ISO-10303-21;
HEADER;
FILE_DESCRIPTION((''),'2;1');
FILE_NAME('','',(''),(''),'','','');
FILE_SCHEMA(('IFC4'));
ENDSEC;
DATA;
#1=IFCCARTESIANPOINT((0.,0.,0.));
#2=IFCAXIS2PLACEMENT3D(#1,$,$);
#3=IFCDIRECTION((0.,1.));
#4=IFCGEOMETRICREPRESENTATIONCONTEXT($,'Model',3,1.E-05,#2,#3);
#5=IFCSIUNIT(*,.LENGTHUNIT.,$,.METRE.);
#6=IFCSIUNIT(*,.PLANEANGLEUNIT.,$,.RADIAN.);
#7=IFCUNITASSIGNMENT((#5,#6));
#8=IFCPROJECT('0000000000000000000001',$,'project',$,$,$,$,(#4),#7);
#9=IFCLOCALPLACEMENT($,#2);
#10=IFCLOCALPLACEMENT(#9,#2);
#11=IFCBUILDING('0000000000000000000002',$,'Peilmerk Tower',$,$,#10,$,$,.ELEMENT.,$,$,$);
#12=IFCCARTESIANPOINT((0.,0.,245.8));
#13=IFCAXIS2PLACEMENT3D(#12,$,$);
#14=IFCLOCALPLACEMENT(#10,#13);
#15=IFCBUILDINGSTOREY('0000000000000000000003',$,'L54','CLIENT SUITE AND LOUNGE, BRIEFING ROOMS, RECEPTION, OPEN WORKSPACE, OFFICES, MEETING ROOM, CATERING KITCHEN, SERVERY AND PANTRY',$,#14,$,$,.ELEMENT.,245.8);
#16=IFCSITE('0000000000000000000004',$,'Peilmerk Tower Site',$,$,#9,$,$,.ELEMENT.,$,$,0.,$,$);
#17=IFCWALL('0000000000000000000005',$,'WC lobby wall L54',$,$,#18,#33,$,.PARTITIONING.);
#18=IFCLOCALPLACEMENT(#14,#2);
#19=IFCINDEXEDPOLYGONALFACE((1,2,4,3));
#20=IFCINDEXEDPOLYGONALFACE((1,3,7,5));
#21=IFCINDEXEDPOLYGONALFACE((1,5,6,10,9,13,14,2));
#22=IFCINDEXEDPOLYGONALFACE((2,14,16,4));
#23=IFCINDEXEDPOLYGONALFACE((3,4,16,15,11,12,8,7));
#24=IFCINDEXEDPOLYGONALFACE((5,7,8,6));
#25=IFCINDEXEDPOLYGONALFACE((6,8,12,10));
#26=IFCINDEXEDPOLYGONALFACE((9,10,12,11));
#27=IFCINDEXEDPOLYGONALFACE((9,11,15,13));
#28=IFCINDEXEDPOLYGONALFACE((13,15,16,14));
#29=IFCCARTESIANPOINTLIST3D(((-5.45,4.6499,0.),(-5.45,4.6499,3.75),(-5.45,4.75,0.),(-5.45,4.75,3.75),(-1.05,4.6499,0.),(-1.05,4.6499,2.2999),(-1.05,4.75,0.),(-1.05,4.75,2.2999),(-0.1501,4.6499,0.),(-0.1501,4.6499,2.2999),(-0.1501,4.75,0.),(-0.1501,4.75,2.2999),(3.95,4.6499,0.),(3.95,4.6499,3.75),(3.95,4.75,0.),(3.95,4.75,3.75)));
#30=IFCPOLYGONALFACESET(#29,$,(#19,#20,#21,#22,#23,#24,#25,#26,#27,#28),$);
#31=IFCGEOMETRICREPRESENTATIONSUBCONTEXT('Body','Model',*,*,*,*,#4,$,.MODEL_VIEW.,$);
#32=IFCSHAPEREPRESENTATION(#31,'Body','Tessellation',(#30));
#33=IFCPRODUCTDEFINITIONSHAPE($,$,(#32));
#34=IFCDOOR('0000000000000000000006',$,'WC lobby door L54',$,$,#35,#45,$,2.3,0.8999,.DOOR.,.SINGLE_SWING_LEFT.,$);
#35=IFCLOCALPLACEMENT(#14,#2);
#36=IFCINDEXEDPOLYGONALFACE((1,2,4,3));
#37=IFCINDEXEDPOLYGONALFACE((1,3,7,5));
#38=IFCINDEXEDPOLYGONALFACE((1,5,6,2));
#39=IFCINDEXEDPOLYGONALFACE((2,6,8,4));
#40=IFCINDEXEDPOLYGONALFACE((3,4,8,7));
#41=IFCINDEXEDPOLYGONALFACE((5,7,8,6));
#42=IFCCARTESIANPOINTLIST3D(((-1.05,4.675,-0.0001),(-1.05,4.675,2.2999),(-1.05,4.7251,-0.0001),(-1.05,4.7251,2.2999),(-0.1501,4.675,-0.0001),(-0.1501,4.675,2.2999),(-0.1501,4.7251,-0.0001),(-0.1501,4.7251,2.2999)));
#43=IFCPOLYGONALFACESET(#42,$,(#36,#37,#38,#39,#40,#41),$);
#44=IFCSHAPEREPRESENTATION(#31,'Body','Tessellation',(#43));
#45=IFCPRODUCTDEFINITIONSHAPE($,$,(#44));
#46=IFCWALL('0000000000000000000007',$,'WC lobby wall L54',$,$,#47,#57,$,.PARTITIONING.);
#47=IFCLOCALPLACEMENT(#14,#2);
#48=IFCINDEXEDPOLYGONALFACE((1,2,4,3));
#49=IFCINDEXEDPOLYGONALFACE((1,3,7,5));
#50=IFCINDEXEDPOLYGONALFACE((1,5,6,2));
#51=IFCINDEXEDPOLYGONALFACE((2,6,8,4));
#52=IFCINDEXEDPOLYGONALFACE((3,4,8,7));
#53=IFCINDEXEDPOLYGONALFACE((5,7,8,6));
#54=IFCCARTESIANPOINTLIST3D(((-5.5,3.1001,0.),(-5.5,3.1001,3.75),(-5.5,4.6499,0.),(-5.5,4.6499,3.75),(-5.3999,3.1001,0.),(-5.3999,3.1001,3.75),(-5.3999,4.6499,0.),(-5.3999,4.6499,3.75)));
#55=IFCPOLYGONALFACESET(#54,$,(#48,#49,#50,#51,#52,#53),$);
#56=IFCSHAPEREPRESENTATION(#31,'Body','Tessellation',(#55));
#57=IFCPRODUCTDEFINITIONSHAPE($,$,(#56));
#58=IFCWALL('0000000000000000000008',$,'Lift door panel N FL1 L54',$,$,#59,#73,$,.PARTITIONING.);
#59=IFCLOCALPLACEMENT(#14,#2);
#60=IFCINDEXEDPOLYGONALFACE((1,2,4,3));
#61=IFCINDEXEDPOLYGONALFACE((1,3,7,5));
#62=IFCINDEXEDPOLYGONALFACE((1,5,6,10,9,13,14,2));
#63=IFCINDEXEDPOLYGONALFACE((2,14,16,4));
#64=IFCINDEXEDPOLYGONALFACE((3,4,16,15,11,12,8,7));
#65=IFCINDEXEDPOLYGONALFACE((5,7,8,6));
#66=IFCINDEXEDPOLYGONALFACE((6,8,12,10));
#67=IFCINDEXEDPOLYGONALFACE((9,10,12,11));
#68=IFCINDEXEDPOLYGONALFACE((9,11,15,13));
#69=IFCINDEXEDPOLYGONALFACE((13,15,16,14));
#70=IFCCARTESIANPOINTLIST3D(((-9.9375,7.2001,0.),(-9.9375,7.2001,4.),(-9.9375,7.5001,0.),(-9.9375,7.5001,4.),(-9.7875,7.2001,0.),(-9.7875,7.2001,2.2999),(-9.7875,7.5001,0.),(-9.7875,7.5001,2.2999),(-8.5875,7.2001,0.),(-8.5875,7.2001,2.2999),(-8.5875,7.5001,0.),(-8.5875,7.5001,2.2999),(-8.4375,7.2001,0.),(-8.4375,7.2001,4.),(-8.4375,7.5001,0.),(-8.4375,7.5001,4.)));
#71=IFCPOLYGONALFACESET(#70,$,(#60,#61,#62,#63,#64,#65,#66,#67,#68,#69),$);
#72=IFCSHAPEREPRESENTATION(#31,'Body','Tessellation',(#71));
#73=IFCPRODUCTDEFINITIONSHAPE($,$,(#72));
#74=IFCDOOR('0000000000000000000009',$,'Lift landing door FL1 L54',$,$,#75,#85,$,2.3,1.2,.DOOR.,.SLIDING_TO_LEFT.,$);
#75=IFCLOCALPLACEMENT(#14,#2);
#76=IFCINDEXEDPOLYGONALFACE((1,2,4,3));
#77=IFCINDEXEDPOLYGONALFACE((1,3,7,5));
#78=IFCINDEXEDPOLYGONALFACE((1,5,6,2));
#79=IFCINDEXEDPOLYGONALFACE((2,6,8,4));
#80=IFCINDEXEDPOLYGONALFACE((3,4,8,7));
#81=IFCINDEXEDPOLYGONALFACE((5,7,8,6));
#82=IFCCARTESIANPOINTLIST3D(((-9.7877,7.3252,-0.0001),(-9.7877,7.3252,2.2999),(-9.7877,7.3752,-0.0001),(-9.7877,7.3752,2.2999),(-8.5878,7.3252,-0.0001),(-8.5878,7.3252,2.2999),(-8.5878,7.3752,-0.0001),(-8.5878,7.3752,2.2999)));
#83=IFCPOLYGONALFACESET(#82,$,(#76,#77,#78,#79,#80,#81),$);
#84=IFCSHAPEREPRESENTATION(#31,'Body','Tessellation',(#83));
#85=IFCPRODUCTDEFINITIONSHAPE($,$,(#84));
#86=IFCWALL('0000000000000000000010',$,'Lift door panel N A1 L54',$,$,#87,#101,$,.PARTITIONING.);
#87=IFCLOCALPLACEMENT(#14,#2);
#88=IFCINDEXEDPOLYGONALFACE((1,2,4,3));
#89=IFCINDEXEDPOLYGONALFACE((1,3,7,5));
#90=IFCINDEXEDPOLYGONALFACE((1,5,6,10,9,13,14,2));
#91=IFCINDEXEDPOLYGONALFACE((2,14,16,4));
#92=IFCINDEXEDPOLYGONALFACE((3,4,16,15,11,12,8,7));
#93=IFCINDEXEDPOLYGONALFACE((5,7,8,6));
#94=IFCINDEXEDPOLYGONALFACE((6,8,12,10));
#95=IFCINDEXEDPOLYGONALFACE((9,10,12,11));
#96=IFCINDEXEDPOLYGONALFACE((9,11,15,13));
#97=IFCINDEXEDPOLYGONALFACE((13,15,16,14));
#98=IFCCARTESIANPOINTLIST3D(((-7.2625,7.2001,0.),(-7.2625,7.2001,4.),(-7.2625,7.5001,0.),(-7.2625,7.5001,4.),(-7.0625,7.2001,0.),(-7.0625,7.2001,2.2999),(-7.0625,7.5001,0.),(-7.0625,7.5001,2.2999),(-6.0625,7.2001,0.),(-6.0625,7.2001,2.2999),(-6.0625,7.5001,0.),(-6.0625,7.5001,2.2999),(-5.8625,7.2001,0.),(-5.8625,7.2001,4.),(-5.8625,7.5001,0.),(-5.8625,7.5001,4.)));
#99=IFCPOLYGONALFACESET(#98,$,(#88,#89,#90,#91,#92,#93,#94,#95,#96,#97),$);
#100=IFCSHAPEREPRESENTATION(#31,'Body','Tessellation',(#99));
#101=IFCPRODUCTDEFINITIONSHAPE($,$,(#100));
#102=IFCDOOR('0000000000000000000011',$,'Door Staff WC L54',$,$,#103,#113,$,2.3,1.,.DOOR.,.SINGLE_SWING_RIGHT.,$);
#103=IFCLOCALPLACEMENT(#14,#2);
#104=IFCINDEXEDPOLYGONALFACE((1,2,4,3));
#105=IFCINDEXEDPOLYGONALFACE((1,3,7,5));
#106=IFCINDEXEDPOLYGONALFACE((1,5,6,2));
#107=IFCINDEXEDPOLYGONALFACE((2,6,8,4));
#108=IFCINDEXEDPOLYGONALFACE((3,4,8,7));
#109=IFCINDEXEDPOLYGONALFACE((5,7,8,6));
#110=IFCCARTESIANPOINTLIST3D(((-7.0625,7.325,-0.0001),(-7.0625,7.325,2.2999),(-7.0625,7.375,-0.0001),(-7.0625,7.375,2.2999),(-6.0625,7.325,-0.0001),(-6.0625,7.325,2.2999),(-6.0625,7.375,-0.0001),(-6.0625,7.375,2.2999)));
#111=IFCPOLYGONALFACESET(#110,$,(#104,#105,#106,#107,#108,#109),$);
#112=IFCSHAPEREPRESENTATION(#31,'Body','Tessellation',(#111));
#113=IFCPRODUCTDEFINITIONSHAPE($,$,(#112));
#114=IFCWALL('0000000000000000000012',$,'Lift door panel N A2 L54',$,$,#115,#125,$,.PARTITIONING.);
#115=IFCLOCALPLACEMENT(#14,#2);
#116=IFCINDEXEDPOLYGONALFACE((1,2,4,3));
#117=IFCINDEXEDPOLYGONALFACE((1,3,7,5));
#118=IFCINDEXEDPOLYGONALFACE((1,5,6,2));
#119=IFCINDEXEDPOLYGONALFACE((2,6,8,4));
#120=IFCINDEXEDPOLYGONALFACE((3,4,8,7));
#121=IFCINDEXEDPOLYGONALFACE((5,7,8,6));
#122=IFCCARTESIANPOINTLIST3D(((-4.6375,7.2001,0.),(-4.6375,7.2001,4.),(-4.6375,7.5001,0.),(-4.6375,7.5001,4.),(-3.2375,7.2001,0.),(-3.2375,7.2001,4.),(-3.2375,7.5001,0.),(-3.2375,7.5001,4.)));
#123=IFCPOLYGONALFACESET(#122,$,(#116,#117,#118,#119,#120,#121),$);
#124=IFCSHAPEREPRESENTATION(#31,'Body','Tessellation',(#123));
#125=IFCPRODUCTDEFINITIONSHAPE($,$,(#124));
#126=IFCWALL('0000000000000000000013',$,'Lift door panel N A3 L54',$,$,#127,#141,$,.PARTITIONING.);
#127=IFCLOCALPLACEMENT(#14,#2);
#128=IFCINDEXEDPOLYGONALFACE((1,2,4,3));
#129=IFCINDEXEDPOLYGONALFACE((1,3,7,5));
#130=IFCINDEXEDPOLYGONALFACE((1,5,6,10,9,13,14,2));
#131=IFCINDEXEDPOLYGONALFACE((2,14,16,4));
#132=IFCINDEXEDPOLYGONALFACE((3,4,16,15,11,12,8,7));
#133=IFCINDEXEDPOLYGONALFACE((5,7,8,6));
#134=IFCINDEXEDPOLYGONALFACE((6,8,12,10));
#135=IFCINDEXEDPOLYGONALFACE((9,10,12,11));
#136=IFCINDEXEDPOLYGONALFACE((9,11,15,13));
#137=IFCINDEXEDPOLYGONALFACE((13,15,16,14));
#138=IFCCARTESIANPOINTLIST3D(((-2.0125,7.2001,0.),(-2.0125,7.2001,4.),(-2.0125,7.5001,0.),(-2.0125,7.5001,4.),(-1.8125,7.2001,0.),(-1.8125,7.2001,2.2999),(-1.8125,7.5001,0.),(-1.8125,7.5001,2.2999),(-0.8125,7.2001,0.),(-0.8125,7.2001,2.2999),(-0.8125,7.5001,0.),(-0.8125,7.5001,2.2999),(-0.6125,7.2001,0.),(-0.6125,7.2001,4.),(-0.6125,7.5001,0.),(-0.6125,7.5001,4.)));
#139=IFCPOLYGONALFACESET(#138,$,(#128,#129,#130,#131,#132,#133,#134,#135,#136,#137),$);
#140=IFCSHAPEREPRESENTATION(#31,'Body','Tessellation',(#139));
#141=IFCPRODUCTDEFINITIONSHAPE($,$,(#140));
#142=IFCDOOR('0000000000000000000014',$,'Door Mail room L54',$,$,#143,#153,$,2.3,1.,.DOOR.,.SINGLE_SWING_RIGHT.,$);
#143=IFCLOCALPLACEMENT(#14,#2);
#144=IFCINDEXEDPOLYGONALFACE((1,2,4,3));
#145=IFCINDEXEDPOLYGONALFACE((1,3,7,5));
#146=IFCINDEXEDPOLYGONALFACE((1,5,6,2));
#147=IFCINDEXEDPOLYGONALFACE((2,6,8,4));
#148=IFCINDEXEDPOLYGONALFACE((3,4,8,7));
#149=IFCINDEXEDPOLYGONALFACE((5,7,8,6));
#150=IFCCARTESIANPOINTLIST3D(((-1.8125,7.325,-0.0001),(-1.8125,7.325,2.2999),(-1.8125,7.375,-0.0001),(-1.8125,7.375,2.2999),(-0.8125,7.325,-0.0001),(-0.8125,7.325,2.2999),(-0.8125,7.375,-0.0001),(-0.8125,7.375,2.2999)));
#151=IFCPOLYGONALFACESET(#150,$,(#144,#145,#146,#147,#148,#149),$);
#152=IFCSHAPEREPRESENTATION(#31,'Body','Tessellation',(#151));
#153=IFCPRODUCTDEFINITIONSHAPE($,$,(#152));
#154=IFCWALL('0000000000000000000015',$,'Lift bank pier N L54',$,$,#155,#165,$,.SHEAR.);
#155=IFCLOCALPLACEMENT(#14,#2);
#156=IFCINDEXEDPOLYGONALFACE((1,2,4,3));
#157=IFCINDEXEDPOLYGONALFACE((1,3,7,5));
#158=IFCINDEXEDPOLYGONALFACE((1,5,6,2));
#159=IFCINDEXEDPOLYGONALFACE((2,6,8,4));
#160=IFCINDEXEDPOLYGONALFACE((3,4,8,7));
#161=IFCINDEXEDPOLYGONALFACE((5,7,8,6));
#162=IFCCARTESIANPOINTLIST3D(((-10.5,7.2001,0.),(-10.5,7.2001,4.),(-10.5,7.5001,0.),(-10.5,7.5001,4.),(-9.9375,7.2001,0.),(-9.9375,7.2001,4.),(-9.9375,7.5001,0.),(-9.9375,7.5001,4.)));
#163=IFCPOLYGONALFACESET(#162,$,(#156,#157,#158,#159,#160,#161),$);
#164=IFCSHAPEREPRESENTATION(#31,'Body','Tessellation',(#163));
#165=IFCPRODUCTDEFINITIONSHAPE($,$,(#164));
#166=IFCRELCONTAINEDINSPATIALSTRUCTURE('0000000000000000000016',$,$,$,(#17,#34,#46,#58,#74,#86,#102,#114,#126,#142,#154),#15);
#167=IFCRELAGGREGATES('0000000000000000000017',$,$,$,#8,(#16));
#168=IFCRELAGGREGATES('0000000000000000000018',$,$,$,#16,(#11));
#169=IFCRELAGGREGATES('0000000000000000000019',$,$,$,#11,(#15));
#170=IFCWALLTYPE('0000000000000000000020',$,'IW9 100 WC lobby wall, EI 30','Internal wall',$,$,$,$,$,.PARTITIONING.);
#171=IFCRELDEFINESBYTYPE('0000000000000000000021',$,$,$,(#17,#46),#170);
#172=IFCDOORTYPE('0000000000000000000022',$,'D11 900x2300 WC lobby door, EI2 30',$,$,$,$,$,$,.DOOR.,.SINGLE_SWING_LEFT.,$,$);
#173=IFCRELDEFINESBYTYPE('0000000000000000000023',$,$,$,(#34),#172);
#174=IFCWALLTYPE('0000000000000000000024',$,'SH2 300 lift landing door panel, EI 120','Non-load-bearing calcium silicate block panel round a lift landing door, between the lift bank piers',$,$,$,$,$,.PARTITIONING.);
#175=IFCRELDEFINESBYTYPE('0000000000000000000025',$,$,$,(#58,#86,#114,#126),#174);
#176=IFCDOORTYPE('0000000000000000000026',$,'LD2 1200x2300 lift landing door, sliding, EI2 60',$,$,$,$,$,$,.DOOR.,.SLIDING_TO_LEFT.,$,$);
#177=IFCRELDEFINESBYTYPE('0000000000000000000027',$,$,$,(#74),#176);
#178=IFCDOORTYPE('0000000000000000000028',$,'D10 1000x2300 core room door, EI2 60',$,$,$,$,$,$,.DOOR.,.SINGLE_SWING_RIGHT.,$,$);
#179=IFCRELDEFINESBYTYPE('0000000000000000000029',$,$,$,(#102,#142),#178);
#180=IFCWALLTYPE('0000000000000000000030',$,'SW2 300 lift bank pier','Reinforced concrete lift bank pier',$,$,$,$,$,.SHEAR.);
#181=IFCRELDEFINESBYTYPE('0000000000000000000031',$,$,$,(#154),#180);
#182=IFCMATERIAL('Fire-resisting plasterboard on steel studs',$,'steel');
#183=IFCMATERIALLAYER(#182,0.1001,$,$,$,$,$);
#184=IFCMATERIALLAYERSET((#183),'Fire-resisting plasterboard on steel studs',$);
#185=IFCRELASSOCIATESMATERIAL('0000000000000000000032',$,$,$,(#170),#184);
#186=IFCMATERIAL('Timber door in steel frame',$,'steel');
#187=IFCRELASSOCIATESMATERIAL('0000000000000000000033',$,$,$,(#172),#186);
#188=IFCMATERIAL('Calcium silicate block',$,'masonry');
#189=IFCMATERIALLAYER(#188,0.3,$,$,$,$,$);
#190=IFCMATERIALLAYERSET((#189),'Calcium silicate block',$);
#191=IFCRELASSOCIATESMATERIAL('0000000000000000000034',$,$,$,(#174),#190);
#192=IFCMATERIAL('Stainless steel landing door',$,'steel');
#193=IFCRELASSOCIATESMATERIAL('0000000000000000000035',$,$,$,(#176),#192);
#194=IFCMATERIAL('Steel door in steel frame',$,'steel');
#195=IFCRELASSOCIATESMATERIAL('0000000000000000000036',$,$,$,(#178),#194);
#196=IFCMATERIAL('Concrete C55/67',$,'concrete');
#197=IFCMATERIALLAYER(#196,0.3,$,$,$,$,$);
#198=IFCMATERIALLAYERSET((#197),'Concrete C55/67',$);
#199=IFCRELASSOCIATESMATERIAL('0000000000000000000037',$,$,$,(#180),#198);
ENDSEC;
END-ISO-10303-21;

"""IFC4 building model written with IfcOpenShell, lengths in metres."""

from ifc_helpers import new_model, si_unit, direction, frame, frame_2d, origin, place, context, subcontext, project, spatial, rectangle, extrude, material, layer, layer_set, type_object, element, fill, save


model = new_model("IFC4")

# Units and contexts
model_context = context("Model", 3, precision=1e-05, world=origin(), true_north=direction((0.0, 1.0)))
body_context = subcontext(model_context, "Body", "Model", "MODEL_VIEW")
ifc_project = project(units=[si_unit("LENGTHUNIT", "METRE"), si_unit("PLANEANGLEUNIT", "RADIAN")], contexts=[model_context])

# Site, building, storey
site_placement = place(None, origin())
site = spatial("IfcSite", under=ifc_project, at=site_placement, Name="Peilmerk Tower Site", CompositionType="ELEMENT", RefElevation=0.0)
building_placement = place(site_placement, origin())
building = spatial("IfcBuilding", under=site, at=building_placement, Name="Peilmerk Tower", CompositionType="ELEMENT")
storey_placement = place(building_placement, frame((0.0, 0.0, 245.8)))
storey = spatial("IfcBuildingStorey", under=building, at=storey_placement, Name="L54", Description="CLIENT SUITE AND LOUNGE, BRIEFING ROOMS, RECEPTION, OPEN WORKSPACE, OFFICES, MEETING ROOM, CATERING KITCHEN, SERVERY AND PANTRY", CompositionType="ELEMENT", Elevation=245.8)

# Shared definitions
ifc_material_1 = material(Name="Concrete C55/67", Category="concrete")

# Shared definitions
ifc_material_2 = material(Name="Steel door in steel frame", Category="steel")

# Shared definitions
ifc_material_3 = material(Name="Timber door in steel frame", Category="steel")

# Wall, opening, door
ifc_material_4 = material(Name="Fire-resisting plasterboard on steel studs", Category="steel")
ifc_layer_1 = layer(ifc_material_4, 0.1001)
ifc_layer_set_1 = layer_set([ifc_layer_1], Name="Fire-resisting plasterboard on steel studs")
wall_type_1 = type_object("IfcWallType", Name="IW9 100 WC lobby wall, EI 30", Description="Internal wall", PredefinedType="PARTITIONING", material=ifc_layer_set_1)
wall_1_placement = place(storey_placement, frame((-5.45, 4.7, 0.0), z_axis=(0.0, 0.0, 1.0), x_axis=(1.0, 0.0, 0.0)))
wall_1 = element("IfcWall", 1, at=wall_1_placement, inside=storey, type_object=wall_type_1, Name="WC lobby wall L54", PredefinedType="PARTITIONING", context=body_context, shape_type="SweptSolid", body=[
    extrude(rectangle(XDim=9.3999, YDim=0.1001, at=frame_2d((4.7, 0.0))), origin(), (0.0, 0.0, 1.0), 3.75),
])
opening_1_placement = place(wall_1_placement, frame((4.3999, 0.0, 0.0)))
opening_1 = element("IfcOpeningElement", 2, at=opening_1_placement, cuts=wall_1, PredefinedType="OPENING", context=body_context, shape_type="SweptSolid", body=[
    extrude(rectangle(XDim=0.8999, YDim=2.3, at=frame_2d((0.45, 1.1499))), frame((0.0, 0.0601, 0.0), z_axis=(0.0, -1.0, 0.0), x_axis=(1.0, 0.0, 0.0)), (0.0, 0.0, 1.0), 0.1201),
])
door_type_1 = type_object("IfcDoorType", Name="D11 900x2300 WC lobby door, EI2 30", OperationType="SINGLE_SWING_LEFT", PredefinedType="DOOR", material=ifc_material_3)
door_1_placement = place(opening_1_placement, frame((0.8999, 0.0, 0.0), z_axis=(0.0, 0.0, 1.0), x_axis=(-1.0, 0.0, 0.0)))
door_1 = element("IfcDoor", 3, at=door_1_placement, inside=storey, type_object=door_type_1, Name="WC lobby door L54", OperationType="SINGLE_SWING_LEFT", OverallHeight=2.3, OverallWidth=0.8999, PredefinedType="DOOR", context=body_context, shape_type="SweptSolid", body=[
    extrude(rectangle(XDim=0.8999, YDim=2.3, at=frame_2d((0.45, 1.1499))), frame((0.0, 0.0249, 0.0), z_axis=(0.0, -1.0, 0.0), x_axis=(1.0, 0.0, 0.0)), (0.0, 0.0, 1.0), 0.05),
])
fill(opening_1, door_1)

# Wall
wall_2_placement = place(storey_placement, frame((-5.45, 3.1001, 0.0), z_axis=(0.0, 0.0, 1.0), x_axis=(0.0, 1.0, 0.0)))
element("IfcWall", 4, at=wall_2_placement, inside=storey, type_object=wall_type_1, Name="WC lobby wall L54", PredefinedType="PARTITIONING", context=body_context, shape_type="SweptSolid", body=[
    extrude(rectangle(XDim=1.5498, YDim=0.1001, at=frame_2d((0.7749, 0.0))), origin(), (0.0, 0.0, 1.0), 3.75),
])

# Walls, openings, doors
ifc_material_5 = material(Name="Calcium silicate block", Category="masonry")
ifc_layer_2 = layer(ifc_material_5, 0.3)
ifc_layer_set_2 = layer_set([ifc_layer_2], Name="Calcium silicate block")
wall_type_2 = type_object("IfcWallType", Name="SH2 300 lift landing door panel, EI 120", Description="Non-load-bearing calcium silicate block panel round a lift landing door, between the lift bank piers", PredefinedType="PARTITIONING", material=ifc_layer_set_2)
wall_3_placement = place(storey_placement, frame((-9.9375, 7.3501, 0.0), z_axis=(0.0, 0.0, 1.0), x_axis=(1.0, 0.0, 0.0)))
wall_3 = element("IfcWall", 5, at=wall_3_placement, inside=storey, type_object=wall_type_2, Name="Lift door panel N FL1 L54", PredefinedType="PARTITIONING", context=body_context, shape_type="SweptSolid", body=[
    extrude(rectangle(XDim=1.5, YDim=0.3, at=frame_2d((0.75, 0.0))), origin(), (0.0, 0.0, 1.0), 4.0),
])
opening_2_placement = place(wall_3_placement, frame((0.1499, 0.0, 0.0)))
opening_2 = element("IfcOpeningElement", 6, at=opening_2_placement, cuts=wall_3, PredefinedType="OPENING", context=body_context, shape_type="SweptSolid", body=[
    extrude(rectangle(XDim=1.2, YDim=2.3, at=frame_2d((0.6001, 1.1499))), frame((0.0, 0.1599, 0.0), z_axis=(0.0, -1.0, 0.0), x_axis=(1.0, 0.0, 0.0)), (0.0, 0.0, 1.0), 0.3201),
])
ifc_material_6 = material(Name="Stainless steel landing door", Category="steel")
door_type_2 = type_object("IfcDoorType", Name="LD2 1200x2300 lift landing door, sliding, EI2 60", OperationType="SLIDING_TO_LEFT", PredefinedType="DOOR", material=ifc_material_6)
door_2_placement = place(opening_2_placement, frame((1.2, 0.0, 0.0), z_axis=(0.0, 0.0, 1.0), x_axis=(-1.0, 0.0, 0.0)))
door_2 = element("IfcDoor", 7, at=door_2_placement, inside=storey, type_object=door_type_2, Name="Lift landing door FL1 L54", OperationType="SLIDING_TO_LEFT", OverallHeight=2.3, OverallWidth=1.2, PredefinedType="DOOR", context=body_context, shape_type="SweptSolid", body=[
    extrude(rectangle(XDim=1.2, YDim=2.3, at=frame_2d((0.6001, 1.1499))), frame((0.0, 0.0249, 0.0), z_axis=(0.0, -1.0, 0.0), x_axis=(1.0, 0.0, 0.0)), (0.0, 0.0, 1.0), 0.05),
])
fill(opening_2, door_2)
wall_4_placement = place(storey_placement, frame((-7.2625, 7.3501, 0.0), z_axis=(0.0, 0.0, 1.0), x_axis=(1.0, 0.0, 0.0)))
wall_4 = element("IfcWall", 8, at=wall_4_placement, inside=storey, type_object=wall_type_2, Name="Lift door panel N A1 L54", PredefinedType="PARTITIONING", context=body_context, shape_type="SweptSolid", body=[
    extrude(rectangle(XDim=1.3999, YDim=0.3, at=frame_2d((0.7, 0.0))), origin(), (0.0, 0.0, 1.0), 4.0),
])
opening_3_placement = place(wall_4_placement, frame((0.2, 0.0, 0.0)))
opening_3 = element("IfcOpeningElement", 9, at=opening_3_placement, cuts=wall_4, PredefinedType="OPENING", context=body_context, shape_type="SweptSolid", body=[
    extrude(rectangle(XDim=1.0, YDim=2.3, at=frame_2d((0.5, 1.1499))), frame((0.0, 0.1599, 0.0), z_axis=(0.0, -1.0, 0.0), x_axis=(1.0, 0.0, 0.0)), (0.0, 0.0, 1.0), 0.3201),
])
door_type_3 = type_object("IfcDoorType", Name="D10 1000x2300 core room door, EI2 60", OperationType="SINGLE_SWING_RIGHT", PredefinedType="DOOR", material=ifc_material_2)
door_3_placement = place(opening_3_placement, origin())
door_3 = element("IfcDoor", 10, at=door_3_placement, inside=storey, type_object=door_type_3, Name="Door Staff WC L54", OperationType="SINGLE_SWING_RIGHT", OverallHeight=2.3, OverallWidth=1.0, PredefinedType="DOOR", context=body_context, shape_type="SweptSolid", body=[
    extrude(rectangle(XDim=1.0, YDim=2.3, at=frame_2d((0.5, 1.1499))), frame((0.0, 0.0249, 0.0), z_axis=(0.0, -1.0, 0.0), x_axis=(1.0, 0.0, 0.0)), (0.0, 0.0, 1.0), 0.05),
])
fill(opening_3, door_3)

# Wall
wall_5_placement = place(storey_placement, frame((-4.6375, 7.3501, 0.0), z_axis=(0.0, 0.0, 1.0), x_axis=(1.0, 0.0, 0.0)))
element("IfcWall", 11, at=wall_5_placement, inside=storey, type_object=wall_type_2, Name="Lift door panel N A2 L54", PredefinedType="PARTITIONING", context=body_context, shape_type="SweptSolid", body=[
    extrude(rectangle(XDim=1.3999, YDim=0.3, at=frame_2d((0.7, 0.0))), origin(), (0.0, 0.0, 1.0), 4.0),
])

# Wall, opening, door
wall_6_placement = place(storey_placement, frame((-2.0125, 7.3501, 0.0), z_axis=(0.0, 0.0, 1.0), x_axis=(1.0, 0.0, 0.0)))
wall_6 = element("IfcWall", 12, at=wall_6_placement, inside=storey, type_object=wall_type_2, Name="Lift door panel N A3 L54", PredefinedType="PARTITIONING", context=body_context, shape_type="SweptSolid", body=[
    extrude(rectangle(XDim=1.3999, YDim=0.3, at=frame_2d((0.7, 0.0))), origin(), (0.0, 0.0, 1.0), 4.0),
])
opening_4_placement = place(wall_6_placement, frame((0.2, 0.0, 0.0)))
opening_4 = element("IfcOpeningElement", 13, at=opening_4_placement, cuts=wall_6, PredefinedType="OPENING", context=body_context, shape_type="SweptSolid", body=[
    extrude(rectangle(XDim=1.0, YDim=2.3, at=frame_2d((0.5, 1.1499))), frame((0.0, 0.1599, 0.0), z_axis=(0.0, -1.0, 0.0), x_axis=(1.0, 0.0, 0.0)), (0.0, 0.0, 1.0), 0.3201),
])
door_4_placement = place(opening_4_placement, origin())
door_4 = element("IfcDoor", 14, at=door_4_placement, inside=storey, type_object=door_type_3, Name="Door Mail room L54", OperationType="SINGLE_SWING_RIGHT", OverallHeight=2.3, OverallWidth=1.0, PredefinedType="DOOR", context=body_context, shape_type="SweptSolid", body=[
    extrude(rectangle(XDim=1.0, YDim=2.3, at=frame_2d((0.5, 1.1499))), frame((0.0, 0.0249, 0.0), z_axis=(0.0, -1.0, 0.0), x_axis=(1.0, 0.0, 0.0)), (0.0, 0.0, 1.0), 0.05),
])
fill(opening_4, door_4)

# Wall
ifc_layer_3 = layer(ifc_material_1, 0.3)
ifc_layer_set_3 = layer_set([ifc_layer_3], Name="Concrete C55/67")
wall_type_3 = type_object("IfcWallType", Name="SW2 300 lift bank pier", Description="Reinforced concrete lift bank pier", PredefinedType="SHEAR", material=ifc_layer_set_3)
wall_7_placement = place(storey_placement, frame((-10.5, 7.3501, 0.0), z_axis=(0.0, 0.0, 1.0), x_axis=(1.0, 0.0, 0.0)))
element("IfcWall", 15, at=wall_7_placement, inside=storey, type_object=wall_type_3, Name="Lift bank pier N L54", PredefinedType="SHEAR", context=body_context, shape_type="SweptSolid", body=[
    extrude(rectangle(XDim=0.5625, YDim=0.3, at=frame_2d((0.2812, 0.0))), origin(), (0.0, 0.0, 1.0), 4.0),
])

save(model, "model.ifc")
